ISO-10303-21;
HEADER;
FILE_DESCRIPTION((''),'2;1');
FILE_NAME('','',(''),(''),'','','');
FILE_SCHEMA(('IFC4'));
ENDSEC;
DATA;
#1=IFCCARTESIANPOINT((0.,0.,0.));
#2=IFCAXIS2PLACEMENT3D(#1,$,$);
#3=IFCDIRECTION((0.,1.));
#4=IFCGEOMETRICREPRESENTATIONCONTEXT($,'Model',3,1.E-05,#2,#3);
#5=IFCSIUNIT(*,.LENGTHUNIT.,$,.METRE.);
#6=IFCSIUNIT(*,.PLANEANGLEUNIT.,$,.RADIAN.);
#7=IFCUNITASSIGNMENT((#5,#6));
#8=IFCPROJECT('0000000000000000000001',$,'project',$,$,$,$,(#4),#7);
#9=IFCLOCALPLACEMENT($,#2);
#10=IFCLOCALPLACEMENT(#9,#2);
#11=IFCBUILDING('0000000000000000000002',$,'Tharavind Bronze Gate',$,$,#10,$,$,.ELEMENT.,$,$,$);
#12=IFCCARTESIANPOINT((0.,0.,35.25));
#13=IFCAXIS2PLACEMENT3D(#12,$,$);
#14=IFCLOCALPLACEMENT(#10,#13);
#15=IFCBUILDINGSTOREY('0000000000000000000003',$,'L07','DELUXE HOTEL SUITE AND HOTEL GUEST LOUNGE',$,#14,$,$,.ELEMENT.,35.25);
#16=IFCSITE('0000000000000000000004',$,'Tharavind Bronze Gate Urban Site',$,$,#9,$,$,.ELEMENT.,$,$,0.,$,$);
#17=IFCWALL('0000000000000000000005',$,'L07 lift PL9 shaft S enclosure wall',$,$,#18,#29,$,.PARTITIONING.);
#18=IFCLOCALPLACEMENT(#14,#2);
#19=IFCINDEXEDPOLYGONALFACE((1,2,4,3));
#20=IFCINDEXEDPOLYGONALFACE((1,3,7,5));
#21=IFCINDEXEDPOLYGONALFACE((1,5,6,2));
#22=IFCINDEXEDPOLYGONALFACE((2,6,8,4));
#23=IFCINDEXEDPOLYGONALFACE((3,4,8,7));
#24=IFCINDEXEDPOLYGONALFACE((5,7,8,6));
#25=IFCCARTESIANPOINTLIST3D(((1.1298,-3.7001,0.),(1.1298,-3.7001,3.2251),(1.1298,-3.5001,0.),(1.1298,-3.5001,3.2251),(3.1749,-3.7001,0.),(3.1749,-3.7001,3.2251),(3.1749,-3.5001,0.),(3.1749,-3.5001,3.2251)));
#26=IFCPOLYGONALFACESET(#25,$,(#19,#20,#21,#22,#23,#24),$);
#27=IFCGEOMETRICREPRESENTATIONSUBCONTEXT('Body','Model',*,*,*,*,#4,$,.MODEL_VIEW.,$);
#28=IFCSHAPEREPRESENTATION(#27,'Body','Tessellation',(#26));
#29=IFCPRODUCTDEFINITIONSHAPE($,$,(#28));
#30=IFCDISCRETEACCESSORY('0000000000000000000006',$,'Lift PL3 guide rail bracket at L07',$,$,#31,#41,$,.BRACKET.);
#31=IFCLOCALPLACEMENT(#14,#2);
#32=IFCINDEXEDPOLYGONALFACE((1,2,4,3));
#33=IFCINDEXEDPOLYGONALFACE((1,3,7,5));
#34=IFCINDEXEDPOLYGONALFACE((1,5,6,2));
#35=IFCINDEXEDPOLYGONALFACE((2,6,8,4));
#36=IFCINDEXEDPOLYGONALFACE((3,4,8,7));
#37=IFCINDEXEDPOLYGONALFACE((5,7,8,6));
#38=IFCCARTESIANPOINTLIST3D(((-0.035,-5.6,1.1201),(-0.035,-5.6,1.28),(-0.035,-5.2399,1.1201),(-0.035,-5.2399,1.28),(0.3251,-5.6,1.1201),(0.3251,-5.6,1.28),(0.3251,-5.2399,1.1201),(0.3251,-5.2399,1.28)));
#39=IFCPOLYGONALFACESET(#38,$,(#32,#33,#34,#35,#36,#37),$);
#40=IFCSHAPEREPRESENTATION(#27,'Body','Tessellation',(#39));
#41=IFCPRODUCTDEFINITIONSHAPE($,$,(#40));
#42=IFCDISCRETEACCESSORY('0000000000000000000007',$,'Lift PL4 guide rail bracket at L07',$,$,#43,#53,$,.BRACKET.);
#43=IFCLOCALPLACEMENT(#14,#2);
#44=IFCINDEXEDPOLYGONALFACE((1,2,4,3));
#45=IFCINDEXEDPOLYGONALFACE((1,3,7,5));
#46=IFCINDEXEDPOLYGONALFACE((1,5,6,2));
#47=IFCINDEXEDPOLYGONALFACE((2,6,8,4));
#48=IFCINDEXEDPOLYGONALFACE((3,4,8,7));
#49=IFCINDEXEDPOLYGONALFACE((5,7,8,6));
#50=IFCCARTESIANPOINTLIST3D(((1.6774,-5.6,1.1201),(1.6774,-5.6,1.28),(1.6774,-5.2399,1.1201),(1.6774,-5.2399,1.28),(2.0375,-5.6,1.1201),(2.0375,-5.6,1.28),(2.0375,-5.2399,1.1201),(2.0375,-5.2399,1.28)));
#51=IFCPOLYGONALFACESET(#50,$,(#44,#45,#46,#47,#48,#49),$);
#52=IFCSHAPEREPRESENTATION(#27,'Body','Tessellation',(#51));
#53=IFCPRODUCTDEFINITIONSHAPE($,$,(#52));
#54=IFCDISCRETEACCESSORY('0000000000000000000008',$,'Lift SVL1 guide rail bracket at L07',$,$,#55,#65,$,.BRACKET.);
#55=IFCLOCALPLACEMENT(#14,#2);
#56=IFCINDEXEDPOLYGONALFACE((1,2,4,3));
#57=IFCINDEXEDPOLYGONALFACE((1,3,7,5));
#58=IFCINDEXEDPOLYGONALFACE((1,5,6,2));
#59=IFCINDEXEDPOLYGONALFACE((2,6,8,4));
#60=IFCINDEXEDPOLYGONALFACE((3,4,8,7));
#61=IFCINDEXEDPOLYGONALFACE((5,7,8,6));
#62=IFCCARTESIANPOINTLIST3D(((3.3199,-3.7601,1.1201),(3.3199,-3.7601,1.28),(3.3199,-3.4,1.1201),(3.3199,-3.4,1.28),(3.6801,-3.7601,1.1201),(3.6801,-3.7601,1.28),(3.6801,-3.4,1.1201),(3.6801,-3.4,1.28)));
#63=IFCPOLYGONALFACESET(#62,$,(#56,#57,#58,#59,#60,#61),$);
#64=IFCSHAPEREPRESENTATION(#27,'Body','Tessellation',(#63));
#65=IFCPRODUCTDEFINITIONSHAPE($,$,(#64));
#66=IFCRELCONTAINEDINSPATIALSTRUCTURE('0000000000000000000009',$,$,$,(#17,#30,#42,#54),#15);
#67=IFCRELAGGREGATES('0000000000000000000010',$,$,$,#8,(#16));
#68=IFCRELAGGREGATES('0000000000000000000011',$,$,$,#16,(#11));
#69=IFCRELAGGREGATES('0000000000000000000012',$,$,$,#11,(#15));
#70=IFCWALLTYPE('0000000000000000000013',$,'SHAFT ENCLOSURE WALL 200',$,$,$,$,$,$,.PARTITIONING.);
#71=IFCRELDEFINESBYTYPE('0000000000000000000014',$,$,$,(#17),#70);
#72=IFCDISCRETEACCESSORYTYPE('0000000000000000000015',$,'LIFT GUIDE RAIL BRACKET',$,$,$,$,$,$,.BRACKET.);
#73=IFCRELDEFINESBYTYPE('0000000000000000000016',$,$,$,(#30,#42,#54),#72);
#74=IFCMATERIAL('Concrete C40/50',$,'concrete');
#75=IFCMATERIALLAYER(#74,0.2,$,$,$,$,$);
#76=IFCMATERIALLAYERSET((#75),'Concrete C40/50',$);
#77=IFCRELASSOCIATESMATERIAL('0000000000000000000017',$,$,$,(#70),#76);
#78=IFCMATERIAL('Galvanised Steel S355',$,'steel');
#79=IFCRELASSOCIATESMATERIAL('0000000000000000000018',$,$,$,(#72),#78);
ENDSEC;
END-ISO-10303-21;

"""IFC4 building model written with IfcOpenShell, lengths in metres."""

from ifc_helpers import new_model, si_unit, direction, frame, frame_2d, origin, origin_2d, place, context, subcontext, project, spatial, rectangle, extrude, material, layer, layer_set, type_object, element, save


model = new_model("IFC4")

# Units and contexts
model_context = context("Model", 3, precision=1e-05, world=origin(), true_north=direction((0.0, 1.0)))
body_context = subcontext(model_context, "Body", "Model", "MODEL_VIEW")
ifc_project = project(units=[si_unit("LENGTHUNIT", "METRE"), si_unit("PLANEANGLEUNIT", "RADIAN")], contexts=[model_context])

# Site, building, storey
site_placement = place(None, origin())
site = spatial("IfcSite", under=ifc_project, at=site_placement, Name="Tharavind Bronze Gate Urban Site", CompositionType="ELEMENT", RefElevation=0.0)
building_placement = place(site_placement, origin())
building = spatial("IfcBuilding", under=site, at=building_placement, Name="Tharavind Bronze Gate", CompositionType="ELEMENT")
storey_placement = place(building_placement, frame((0.0, 0.0, 35.25)))
storey = spatial("IfcBuildingStorey", under=building, at=storey_placement, Name="L07", Description="DELUXE HOTEL SUITE AND HOTEL GUEST LOUNGE", CompositionType="ELEMENT", Elevation=35.25)

# Wall
ifc_material_1 = material(Name="Concrete C40/50", Category="concrete")
ifc_layer_1 = layer(ifc_material_1, 0.2)
ifc_layer_set_1 = layer_set([ifc_layer_1], Name="Concrete C40/50")
wall_type_1 = type_object("IfcWallType", Name="SHAFT ENCLOSURE WALL 200", PredefinedType="PARTITIONING", material=ifc_layer_set_1)
wall_1_placement = place(storey_placement, frame((1.1299, -3.6001, 0.0), z_axis=(0.0, 0.0, 1.0), x_axis=(1.0, 0.0, 0.0)))
element("IfcWall", 1, at=wall_1_placement, inside=storey, type_object=wall_type_1, Name="L07 lift PL9 shaft S enclosure wall", PredefinedType="PARTITIONING", context=body_context, shape_type="SweptSolid", body=[
    extrude(rectangle(XDim=2.0452, YDim=0.2, at=frame_2d((1.0225, 0.0))), origin(), (0.0, 0.0, 1.0), 3.2251),
])

# Discrete accessories
ifc_material_2 = material(Name="Galvanised Steel S355", Category="steel")
discrete_accessory_type = type_object("IfcDiscreteAccessoryType", Name="LIFT GUIDE RAIL BRACKET", PredefinedType="BRACKET", material=ifc_material_2)
for number, where, z_axis, x_axis, name in (
    (2, (0.145, -5.4199, 1.1201), (0.0, 0.0, 1.0), (1.0, 0.0, 0.0), "Lift PL3 guide rail bracket at L07"),
    (3, (1.8574, -5.4199, 1.1201), (0.0, 0.0, 1.0), (1.0, 0.0, 0.0), "Lift PL4 guide rail bracket at L07"),
    (4, (3.5, -3.5801, 1.1201), (0.0, 0.0, 1.0), (1.0, 0.0, 0.0), "Lift SVL1 guide rail bracket at L07"),
):
    element("IfcDiscreteAccessory", number, at=place(storey_placement, frame(where, z_axis=z_axis, x_axis=x_axis)), inside=storey, type_object=discrete_accessory_type, Name=name, PredefinedType="BRACKET", context=body_context, shape_type="SweptSolid", body=[
        extrude(rectangle(XDim=0.3601, YDim=0.3601, at=origin_2d()), origin(), (0.0, 0.0, 1.0), 0.1599),
    ])

save(model, "model.ifc")
